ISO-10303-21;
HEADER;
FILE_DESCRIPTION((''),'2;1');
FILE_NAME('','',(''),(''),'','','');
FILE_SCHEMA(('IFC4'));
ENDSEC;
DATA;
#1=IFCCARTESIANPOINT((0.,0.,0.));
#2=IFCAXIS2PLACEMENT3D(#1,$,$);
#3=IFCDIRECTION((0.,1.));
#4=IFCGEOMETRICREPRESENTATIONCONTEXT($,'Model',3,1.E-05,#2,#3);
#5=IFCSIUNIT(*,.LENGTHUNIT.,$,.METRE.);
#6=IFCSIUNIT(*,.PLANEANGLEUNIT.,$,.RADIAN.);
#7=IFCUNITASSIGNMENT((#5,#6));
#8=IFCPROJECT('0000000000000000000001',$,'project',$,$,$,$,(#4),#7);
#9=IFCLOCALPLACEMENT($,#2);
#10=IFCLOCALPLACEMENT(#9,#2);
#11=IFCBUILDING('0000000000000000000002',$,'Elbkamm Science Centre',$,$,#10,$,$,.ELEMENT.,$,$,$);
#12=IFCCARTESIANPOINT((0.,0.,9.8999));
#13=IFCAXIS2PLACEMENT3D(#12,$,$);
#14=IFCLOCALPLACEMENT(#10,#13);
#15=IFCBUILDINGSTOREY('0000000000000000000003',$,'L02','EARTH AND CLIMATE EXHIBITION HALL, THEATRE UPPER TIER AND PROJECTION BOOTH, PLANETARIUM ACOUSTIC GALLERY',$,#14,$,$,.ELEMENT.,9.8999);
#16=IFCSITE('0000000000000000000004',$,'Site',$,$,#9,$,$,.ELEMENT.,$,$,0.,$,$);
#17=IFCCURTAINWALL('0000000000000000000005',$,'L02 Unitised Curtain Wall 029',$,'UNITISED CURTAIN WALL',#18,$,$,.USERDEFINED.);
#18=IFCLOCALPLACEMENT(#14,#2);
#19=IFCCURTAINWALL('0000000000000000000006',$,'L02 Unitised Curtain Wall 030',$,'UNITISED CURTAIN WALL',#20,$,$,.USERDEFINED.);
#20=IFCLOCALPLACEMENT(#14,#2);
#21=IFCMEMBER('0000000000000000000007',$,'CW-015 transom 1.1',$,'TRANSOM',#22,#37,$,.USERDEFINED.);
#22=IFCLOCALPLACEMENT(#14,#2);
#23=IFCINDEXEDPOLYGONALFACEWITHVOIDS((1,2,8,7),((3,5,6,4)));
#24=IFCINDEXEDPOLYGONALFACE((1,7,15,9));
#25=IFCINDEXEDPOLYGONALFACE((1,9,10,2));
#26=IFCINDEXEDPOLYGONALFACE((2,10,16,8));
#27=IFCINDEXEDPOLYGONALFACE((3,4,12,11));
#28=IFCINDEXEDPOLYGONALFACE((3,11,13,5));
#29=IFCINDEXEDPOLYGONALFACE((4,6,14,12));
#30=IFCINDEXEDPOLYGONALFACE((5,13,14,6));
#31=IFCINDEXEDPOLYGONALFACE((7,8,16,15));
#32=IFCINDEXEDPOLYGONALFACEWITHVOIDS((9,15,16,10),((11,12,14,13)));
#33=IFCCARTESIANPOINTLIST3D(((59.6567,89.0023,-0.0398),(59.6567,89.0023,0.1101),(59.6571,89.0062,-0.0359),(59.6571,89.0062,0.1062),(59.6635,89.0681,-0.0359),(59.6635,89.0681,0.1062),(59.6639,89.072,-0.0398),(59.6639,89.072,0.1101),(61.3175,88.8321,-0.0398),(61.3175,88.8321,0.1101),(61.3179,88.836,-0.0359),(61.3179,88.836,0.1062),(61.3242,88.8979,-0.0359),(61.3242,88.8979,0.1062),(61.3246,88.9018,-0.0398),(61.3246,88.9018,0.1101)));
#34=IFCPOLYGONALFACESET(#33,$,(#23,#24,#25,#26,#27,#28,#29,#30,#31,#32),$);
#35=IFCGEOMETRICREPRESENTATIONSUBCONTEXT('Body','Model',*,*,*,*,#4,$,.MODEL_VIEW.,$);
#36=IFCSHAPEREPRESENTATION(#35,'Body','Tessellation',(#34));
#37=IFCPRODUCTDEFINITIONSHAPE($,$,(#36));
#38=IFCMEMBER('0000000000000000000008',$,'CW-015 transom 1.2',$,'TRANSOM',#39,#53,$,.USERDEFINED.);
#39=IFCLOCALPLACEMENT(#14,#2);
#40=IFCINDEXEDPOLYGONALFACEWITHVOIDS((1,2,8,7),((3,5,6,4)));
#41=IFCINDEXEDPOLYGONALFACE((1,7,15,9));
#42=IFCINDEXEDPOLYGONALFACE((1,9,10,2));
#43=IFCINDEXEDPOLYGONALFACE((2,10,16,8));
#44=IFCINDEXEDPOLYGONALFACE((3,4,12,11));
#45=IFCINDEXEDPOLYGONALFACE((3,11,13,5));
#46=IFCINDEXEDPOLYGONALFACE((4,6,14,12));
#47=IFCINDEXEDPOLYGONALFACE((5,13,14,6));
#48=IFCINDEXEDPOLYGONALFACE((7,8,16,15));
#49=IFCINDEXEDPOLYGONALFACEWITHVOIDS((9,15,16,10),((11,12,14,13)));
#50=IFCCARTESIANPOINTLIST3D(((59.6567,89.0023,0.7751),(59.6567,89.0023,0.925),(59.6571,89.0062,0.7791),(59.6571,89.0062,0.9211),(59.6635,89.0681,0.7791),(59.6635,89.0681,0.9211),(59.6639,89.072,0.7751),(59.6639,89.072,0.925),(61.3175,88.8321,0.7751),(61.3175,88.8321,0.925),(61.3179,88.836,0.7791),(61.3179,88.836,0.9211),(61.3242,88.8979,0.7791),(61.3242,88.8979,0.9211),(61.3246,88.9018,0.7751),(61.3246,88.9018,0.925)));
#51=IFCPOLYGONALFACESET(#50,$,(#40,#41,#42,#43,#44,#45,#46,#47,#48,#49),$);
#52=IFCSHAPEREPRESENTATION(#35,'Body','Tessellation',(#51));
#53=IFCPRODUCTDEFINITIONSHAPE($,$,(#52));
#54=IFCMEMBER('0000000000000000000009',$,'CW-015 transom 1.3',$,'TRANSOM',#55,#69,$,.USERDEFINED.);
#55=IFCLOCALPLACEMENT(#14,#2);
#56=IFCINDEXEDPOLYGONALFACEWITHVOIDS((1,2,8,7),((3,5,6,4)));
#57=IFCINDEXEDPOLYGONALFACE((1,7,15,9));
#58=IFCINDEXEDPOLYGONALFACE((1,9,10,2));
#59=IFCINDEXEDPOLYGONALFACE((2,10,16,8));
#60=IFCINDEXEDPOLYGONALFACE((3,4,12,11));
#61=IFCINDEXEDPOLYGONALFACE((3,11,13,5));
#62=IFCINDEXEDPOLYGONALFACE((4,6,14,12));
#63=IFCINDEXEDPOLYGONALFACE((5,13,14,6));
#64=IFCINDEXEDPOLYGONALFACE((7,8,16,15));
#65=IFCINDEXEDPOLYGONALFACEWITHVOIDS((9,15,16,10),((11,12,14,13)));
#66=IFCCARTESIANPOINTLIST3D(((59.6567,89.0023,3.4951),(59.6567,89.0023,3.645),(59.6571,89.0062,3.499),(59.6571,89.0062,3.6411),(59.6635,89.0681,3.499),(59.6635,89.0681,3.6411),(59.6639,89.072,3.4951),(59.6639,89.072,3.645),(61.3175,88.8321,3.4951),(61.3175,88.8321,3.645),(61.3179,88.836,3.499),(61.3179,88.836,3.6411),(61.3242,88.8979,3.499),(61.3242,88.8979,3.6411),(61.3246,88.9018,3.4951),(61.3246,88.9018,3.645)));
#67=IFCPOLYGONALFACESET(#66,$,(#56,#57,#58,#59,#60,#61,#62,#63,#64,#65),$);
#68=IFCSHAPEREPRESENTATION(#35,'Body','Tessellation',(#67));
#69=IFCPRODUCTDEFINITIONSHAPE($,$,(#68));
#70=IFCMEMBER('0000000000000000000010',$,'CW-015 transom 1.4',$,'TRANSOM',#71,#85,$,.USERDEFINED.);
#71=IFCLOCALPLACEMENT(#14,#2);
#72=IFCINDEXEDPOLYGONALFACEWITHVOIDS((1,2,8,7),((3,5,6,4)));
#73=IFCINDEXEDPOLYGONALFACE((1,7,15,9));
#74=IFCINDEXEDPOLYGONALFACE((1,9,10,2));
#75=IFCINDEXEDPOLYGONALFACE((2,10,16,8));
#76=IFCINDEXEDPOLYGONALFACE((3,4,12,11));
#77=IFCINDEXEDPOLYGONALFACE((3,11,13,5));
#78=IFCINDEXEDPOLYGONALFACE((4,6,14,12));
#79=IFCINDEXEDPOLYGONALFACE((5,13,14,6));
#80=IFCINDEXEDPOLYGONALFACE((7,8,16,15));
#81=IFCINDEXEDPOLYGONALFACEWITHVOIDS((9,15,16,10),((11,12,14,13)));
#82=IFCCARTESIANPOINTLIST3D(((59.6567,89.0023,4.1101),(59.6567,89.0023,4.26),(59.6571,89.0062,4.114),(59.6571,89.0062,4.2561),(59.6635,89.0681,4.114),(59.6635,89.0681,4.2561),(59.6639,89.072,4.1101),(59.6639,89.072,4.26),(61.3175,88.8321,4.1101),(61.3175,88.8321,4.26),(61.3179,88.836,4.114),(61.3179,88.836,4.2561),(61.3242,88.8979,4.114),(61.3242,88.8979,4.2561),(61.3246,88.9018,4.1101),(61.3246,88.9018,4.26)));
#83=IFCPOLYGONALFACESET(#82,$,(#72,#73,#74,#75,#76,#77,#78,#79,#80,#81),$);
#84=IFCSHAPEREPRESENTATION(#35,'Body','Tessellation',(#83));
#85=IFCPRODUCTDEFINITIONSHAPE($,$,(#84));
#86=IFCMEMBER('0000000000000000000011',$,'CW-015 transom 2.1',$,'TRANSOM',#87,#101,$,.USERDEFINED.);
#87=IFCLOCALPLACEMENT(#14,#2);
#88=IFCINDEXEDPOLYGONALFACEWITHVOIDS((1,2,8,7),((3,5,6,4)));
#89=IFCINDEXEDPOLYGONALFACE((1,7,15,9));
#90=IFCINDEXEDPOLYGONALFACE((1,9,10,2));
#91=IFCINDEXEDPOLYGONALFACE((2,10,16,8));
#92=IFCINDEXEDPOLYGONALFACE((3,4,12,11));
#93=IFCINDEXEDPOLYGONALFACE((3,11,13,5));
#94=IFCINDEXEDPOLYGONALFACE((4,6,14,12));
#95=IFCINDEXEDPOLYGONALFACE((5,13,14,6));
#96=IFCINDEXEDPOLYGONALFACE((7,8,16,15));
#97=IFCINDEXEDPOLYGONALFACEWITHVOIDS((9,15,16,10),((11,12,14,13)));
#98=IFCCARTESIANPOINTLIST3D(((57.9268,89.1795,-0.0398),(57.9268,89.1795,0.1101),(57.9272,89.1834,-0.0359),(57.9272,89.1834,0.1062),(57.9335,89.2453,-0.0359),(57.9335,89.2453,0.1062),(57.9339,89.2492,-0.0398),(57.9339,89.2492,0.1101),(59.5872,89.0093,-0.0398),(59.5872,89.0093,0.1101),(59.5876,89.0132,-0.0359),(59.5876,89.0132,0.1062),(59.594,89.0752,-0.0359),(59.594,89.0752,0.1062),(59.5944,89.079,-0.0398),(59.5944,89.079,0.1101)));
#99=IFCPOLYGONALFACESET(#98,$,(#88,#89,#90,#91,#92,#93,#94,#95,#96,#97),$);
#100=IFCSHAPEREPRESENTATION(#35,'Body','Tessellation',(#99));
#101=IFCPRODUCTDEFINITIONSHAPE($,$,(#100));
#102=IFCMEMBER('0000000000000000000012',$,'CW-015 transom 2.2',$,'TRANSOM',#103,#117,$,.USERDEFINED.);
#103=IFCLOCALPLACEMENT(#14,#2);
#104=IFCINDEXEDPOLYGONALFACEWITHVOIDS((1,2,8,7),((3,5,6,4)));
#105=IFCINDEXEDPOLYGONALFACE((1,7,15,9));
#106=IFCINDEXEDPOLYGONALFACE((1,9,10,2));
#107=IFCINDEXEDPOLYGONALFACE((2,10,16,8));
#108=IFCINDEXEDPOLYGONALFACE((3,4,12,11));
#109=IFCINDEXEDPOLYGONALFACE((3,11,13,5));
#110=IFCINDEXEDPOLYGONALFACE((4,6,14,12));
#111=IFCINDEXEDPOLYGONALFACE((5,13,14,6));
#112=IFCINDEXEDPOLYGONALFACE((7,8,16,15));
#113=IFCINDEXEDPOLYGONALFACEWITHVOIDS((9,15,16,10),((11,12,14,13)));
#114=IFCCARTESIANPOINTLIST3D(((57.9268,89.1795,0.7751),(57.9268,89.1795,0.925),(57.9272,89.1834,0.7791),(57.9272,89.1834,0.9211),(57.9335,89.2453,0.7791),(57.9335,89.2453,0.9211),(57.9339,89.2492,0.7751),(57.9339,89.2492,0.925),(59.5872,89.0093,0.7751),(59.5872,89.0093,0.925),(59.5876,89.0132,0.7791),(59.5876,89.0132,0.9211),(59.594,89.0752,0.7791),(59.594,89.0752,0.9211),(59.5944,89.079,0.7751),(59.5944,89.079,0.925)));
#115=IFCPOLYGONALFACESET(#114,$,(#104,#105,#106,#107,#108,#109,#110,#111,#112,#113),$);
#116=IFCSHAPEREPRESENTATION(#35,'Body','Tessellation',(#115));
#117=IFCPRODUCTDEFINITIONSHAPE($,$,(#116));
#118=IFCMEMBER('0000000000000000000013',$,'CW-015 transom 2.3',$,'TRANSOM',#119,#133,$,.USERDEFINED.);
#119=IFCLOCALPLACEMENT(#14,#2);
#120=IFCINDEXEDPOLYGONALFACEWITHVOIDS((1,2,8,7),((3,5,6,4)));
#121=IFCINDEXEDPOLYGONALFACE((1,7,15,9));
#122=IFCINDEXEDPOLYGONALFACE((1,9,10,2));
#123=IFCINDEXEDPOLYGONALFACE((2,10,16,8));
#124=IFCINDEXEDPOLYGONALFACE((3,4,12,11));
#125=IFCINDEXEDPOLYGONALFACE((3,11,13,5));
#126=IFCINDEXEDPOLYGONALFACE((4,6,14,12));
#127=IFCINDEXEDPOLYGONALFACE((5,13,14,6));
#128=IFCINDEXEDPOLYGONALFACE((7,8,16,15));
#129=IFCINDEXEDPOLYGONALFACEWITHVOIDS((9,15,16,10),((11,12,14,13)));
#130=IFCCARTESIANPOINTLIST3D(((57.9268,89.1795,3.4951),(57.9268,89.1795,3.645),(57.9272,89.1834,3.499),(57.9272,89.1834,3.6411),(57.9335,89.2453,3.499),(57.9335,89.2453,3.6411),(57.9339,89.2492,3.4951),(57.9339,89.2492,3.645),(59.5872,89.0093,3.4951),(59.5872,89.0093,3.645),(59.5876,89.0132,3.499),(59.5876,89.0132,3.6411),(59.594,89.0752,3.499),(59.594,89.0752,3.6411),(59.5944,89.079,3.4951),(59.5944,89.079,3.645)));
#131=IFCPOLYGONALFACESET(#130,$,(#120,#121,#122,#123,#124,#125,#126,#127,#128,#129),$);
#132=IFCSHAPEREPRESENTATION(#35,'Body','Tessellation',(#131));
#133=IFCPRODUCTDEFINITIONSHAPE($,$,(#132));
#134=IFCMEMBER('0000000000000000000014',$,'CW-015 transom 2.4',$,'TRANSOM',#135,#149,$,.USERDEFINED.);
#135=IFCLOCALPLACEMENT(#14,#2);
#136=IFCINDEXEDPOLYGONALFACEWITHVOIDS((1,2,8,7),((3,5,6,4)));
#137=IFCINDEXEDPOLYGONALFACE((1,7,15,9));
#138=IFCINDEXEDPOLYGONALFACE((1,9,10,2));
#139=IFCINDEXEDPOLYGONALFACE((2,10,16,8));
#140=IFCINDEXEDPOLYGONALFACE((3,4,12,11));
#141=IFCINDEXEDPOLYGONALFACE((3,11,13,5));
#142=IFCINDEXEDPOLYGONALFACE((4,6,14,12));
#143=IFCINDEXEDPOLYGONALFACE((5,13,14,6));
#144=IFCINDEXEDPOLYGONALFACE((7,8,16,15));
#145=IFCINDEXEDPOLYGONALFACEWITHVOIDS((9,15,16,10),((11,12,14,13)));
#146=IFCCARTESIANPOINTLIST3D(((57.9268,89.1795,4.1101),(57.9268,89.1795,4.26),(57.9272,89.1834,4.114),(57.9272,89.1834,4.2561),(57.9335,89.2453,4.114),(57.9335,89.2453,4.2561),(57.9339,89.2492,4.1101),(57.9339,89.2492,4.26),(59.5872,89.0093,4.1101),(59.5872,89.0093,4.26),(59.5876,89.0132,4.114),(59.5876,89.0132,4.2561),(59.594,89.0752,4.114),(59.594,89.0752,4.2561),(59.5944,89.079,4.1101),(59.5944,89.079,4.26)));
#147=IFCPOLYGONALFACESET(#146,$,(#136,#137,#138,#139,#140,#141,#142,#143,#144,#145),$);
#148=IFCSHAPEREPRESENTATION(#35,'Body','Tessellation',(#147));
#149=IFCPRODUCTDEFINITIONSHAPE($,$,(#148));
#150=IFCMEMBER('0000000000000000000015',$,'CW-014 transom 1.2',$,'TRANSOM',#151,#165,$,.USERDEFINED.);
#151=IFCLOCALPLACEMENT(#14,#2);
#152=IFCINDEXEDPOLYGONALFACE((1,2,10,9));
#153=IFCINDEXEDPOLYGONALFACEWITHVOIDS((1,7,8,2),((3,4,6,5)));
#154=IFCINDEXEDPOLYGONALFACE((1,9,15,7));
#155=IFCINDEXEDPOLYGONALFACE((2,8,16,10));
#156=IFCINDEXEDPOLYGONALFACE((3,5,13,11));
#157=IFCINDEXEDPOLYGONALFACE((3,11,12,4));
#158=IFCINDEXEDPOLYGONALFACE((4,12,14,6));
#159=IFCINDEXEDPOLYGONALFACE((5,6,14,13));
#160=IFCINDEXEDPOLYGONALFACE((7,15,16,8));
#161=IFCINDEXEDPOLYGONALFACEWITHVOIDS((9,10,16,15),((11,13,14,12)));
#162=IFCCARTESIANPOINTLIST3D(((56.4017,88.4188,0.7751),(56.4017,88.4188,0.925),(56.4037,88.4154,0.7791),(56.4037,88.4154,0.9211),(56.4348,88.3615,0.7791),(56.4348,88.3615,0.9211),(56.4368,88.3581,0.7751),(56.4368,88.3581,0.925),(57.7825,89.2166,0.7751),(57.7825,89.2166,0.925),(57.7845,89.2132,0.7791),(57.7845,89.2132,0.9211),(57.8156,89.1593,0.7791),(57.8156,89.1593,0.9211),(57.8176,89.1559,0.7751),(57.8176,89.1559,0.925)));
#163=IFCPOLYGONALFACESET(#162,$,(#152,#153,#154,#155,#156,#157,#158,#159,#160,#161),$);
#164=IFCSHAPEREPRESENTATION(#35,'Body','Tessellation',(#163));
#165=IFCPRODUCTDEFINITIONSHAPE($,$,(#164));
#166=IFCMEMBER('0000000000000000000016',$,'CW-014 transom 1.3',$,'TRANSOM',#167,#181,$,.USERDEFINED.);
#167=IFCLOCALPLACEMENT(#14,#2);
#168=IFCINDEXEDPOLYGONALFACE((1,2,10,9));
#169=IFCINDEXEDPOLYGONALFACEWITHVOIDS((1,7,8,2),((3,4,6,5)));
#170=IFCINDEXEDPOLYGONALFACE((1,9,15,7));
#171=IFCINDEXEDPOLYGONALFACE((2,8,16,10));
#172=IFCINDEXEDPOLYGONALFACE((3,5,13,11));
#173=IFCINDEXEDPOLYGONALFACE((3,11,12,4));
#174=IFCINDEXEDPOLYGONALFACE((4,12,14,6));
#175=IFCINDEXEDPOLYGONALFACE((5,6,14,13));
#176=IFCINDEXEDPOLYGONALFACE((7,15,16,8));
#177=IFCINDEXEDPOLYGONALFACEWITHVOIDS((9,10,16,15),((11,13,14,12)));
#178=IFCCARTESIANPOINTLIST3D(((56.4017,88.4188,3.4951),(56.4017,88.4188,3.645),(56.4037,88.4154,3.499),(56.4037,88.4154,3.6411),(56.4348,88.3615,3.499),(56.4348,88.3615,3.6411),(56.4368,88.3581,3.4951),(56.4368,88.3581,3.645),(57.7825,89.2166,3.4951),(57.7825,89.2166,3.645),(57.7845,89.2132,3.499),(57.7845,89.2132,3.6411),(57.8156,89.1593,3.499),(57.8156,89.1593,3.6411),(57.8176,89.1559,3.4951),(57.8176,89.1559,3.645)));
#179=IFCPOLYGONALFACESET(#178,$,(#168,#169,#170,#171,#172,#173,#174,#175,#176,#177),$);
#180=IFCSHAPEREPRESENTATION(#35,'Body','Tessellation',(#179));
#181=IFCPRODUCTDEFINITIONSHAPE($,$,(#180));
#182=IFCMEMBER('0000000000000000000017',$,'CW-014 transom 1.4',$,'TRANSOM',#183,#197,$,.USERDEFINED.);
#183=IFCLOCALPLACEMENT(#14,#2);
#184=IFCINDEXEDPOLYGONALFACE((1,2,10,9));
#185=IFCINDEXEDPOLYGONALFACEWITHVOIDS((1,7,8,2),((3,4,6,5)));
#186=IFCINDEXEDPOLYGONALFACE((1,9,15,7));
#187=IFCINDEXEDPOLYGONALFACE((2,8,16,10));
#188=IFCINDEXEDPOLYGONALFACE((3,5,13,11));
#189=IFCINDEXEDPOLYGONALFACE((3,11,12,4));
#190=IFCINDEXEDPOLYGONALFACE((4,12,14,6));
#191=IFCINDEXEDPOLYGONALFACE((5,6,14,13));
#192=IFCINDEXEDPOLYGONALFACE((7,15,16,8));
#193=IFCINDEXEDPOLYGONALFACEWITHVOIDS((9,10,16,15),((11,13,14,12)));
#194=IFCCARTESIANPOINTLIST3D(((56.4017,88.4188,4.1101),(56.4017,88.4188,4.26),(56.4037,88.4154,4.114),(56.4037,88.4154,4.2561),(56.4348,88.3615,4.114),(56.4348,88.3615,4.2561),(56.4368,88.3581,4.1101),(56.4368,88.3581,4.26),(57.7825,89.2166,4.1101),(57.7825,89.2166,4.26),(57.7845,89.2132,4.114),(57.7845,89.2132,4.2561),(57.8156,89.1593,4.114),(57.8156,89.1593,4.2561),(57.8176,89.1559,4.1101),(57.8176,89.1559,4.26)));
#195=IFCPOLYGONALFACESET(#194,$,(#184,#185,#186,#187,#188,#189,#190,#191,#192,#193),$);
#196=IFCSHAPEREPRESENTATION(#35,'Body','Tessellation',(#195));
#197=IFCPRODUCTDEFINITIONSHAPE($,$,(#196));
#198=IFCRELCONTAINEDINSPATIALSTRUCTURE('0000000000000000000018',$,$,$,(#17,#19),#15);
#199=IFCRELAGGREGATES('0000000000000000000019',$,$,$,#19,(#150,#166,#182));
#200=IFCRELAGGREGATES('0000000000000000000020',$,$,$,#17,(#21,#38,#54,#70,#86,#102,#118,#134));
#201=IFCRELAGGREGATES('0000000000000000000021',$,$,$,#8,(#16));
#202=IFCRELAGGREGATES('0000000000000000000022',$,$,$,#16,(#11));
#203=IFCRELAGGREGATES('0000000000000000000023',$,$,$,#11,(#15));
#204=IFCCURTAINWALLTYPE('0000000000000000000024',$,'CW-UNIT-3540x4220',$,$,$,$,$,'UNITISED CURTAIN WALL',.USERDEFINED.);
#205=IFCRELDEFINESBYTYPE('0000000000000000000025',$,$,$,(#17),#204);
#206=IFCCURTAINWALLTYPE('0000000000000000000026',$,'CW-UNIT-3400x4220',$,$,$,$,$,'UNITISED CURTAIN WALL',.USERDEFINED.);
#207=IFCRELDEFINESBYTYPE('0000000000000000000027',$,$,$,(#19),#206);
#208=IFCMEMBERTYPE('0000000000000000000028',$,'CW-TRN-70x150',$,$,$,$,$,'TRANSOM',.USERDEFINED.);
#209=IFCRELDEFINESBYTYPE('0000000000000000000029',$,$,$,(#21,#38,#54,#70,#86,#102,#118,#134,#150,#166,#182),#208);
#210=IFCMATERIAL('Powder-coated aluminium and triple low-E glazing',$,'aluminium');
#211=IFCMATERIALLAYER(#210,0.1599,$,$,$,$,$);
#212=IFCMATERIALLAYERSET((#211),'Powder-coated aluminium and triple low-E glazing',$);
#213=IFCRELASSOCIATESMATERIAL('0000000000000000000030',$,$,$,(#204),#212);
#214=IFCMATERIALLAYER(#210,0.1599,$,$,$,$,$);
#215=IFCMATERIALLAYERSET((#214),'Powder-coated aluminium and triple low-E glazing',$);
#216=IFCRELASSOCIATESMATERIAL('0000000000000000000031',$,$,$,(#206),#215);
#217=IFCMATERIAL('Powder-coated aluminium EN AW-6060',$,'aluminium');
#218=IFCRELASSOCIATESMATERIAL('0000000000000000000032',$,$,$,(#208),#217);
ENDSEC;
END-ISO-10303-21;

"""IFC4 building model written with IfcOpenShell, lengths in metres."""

from ifc_helpers import new_model, si_unit, direction, frame, origin, origin_2d, place, context, subcontext, project, spatial, hollow_rectangle, extrude, material, layer, layer_set, material_profile, profile_set, type_object, element, aggregate, save


model = new_model("IFC4")

# Units and contexts
model_context = context("Model", 3, precision=1e-05, world=origin(), true_north=direction((0.0, 1.0)))
body_context = subcontext(model_context, "Body", "Model", "MODEL_VIEW")
ifc_project = project(units=[si_unit("LENGTHUNIT", "METRE"), si_unit("PLANEANGLEUNIT", "RADIAN")], contexts=[model_context])

# Site, building, storey
site_placement = place(None, origin())
site = spatial("IfcSite", under=ifc_project, at=site_placement, Name="Site", CompositionType="ELEMENT", RefElevation=0.0)
building_placement = place(site_placement, origin())
building = spatial("IfcBuilding", under=site, at=building_placement, Name="Elbkamm Science Centre", CompositionType="ELEMENT")
storey_placement = place(building_placement, frame((0.0, 0.0, 9.8999)))
storey = spatial("IfcBuildingStorey", under=building, at=storey_placement, Name="L02", Description="EARTH AND CLIMATE EXHIBITION HALL, THEATRE UPPER TIER AND PROJECTION BOOTH, PLANETARIUM ACOUSTIC GALLERY", CompositionType="ELEMENT", Elevation=9.8999)

# Shared definitions
ifc_material_1 = material(Name="Powder-coated aluminium and triple low-E glazing", Category="aluminium")
ifc_layer_1 = layer(ifc_material_1, 0.1599)
ifc_layer_set_1 = layer_set([ifc_layer_1], Name="Powder-coated aluminium and triple low-E glazing")
curtain_wall_type_1 = type_object("IfcCurtainWallType", Name="CW-UNIT-3540x4220", ElementType="UNITISED CURTAIN WALL", PredefinedType="USERDEFINED", material=ifc_layer_set_1)
ifc_material_2 = material(Name="Powder-coated aluminium EN AW-6060", Category="aluminium")

# Curtain wall
curtain_wall_1_placement = place(storey_placement, origin())
curtain_wall_1 = element("IfcCurtainWall", 1, at=curtain_wall_1_placement, inside=storey, type_object=curtain_wall_type_1, Name="L02 Unitised Curtain Wall 029", ObjectType="UNITISED CURTAIN WALL", PredefinedType="USERDEFINED")

# Curtain wall
ifc_layer_2 = layer(ifc_material_1, 0.1599)
ifc_layer_set_2 = layer_set([ifc_layer_2], Name="Powder-coated aluminium and triple low-E glazing")
curtain_wall_type_2 = type_object("IfcCurtainWallType", Name="CW-UNIT-3400x4220", ElementType="UNITISED CURTAIN WALL", PredefinedType="USERDEFINED", material=ifc_layer_set_2)
curtain_wall_2_placement = place(storey_placement, origin())
curtain_wall_2 = element("IfcCurtainWall", 2, at=curtain_wall_2_placement, inside=storey, type_object=curtain_wall_type_2, Name="L02 Unitised Curtain Wall 030", ObjectType="UNITISED CURTAIN WALL", PredefinedType="USERDEFINED")

# Members
ifc_material_profile_1 = material_profile(ifc_material_2, hollow_rectangle(XDim=0.0701, YDim=0.1499, WallThickness=0.0039, at=origin_2d()), Name="ALU T70x150")
ifc_profile_set_1 = profile_set([ifc_material_profile_1], Name="Powder-coated aluminium EN AW-6060")
member_type_1 = type_object("IfcMemberType", Name="CW-TRN-70x150", ElementType="TRANSOM", PredefinedType="USERDEFINED", material=ifc_profile_set_1)
member_1_placement = place(storey_placement, frame((61.321, 88.8669, 0.0352), z_axis=(-0.994791, 0.101936, 0.0), x_axis=(-0.101936, -0.994791, 0.0)))
member_1 = element("IfcMember", 3, at=member_1_placement, type_object=member_type_1, Name="CW-015 transom 1.1", ObjectType="TRANSOM", PredefinedType="USERDEFINED", context=body_context, shape_type="SweptSolid", body=[
    extrude(hollow_rectangle(XDim=0.0701, YDim=0.1499, WallThickness=0.0039, at=origin_2d()), origin(), (0.0, 0.0, 1.0), 1.6694),
])
member_2_placement = place(storey_placement, frame((61.321, 88.8669, 0.8501), z_axis=(-0.994791, 0.101936, 0.0), x_axis=(-0.101936, -0.994791, 0.0)))
member_2 = element("IfcMember", 4, at=member_2_placement, type_object=member_type_1, Name="CW-015 transom 1.2", ObjectType="TRANSOM", PredefinedType="USERDEFINED", context=body_context, shape_type="SweptSolid", body=[
    extrude(hollow_rectangle(XDim=0.0701, YDim=0.1499, WallThickness=0.0039, at=origin_2d()), origin(), (0.0, 0.0, 1.0), 1.6694),
])
member_3_placement = place(storey_placement, frame((61.321, 88.8669, 3.5701), z_axis=(-0.994791, 0.101936, 0.0), x_axis=(-0.101936, -0.994791, 0.0)))
member_3 = element("IfcMember", 5, at=member_3_placement, type_object=member_type_1, Name="CW-015 transom 1.3", ObjectType="TRANSOM", PredefinedType="USERDEFINED", context=body_context, shape_type="SweptSolid", body=[
    extrude(hollow_rectangle(XDim=0.0701, YDim=0.1499, WallThickness=0.0039, at=origin_2d()), origin(), (0.0, 0.0, 1.0), 1.6694),
])
member_4_placement = place(storey_placement, frame((61.321, 88.8669, 4.1851), z_axis=(-0.994791, 0.101936, 0.0), x_axis=(-0.101936, -0.994791, 0.0)))
member_4 = element("IfcMember", 6, at=member_4_placement, type_object=member_type_1, Name="CW-015 transom 1.4", ObjectType="TRANSOM", PredefinedType="USERDEFINED", context=body_context, shape_type="SweptSolid", body=[
    extrude(hollow_rectangle(XDim=0.0701, YDim=0.1499, WallThickness=0.0039, at=origin_2d()), origin(), (0.0, 0.0, 1.0), 1.6694),
])
member_5_placement = place(storey_placement, frame((59.5908, 89.0442, 0.0352), z_axis=(-0.994789, 0.101951, 0.0), x_axis=(-0.101951, -0.994789, 0.0)))
member_5 = element("IfcMember", 7, at=member_5_placement, type_object=member_type_1, Name="CW-015 transom 2.1", ObjectType="TRANSOM", PredefinedType="USERDEFINED", context=body_context, shape_type="SweptSolid", body=[
    extrude(hollow_rectangle(XDim=0.0701, YDim=0.1499, WallThickness=0.0039, at=origin_2d()), origin(), (0.0, 0.0, 1.0), 1.6692),
])
member_6_placement = place(storey_placement, frame((59.5908, 89.0442, 0.8501), z_axis=(-0.994789, 0.101951, 0.0), x_axis=(-0.101951, -0.994789, 0.0)))
member_6 = element("IfcMember", 8, at=member_6_placement, type_object=member_type_1, Name="CW-015 transom 2.2", ObjectType="TRANSOM", PredefinedType="USERDEFINED", context=body_context, shape_type="SweptSolid", body=[
    extrude(hollow_rectangle(XDim=0.0701, YDim=0.1499, WallThickness=0.0039, at=origin_2d()), origin(), (0.0, 0.0, 1.0), 1.6692),
])
member_7_placement = place(storey_placement, frame((59.5908, 89.0442, 3.5701), z_axis=(-0.994789, 0.101951, 0.0), x_axis=(-0.101951, -0.994789, 0.0)))
member_7 = element("IfcMember", 9, at=member_7_placement, type_object=member_type_1, Name="CW-015 transom 2.3", ObjectType="TRANSOM", PredefinedType="USERDEFINED", context=body_context, shape_type="SweptSolid", body=[
    extrude(hollow_rectangle(XDim=0.0701, YDim=0.1499, WallThickness=0.0039, at=origin_2d()), origin(), (0.0, 0.0, 1.0), 1.6692),
])
member_8_placement = place(storey_placement, frame((59.5908, 89.0442, 4.1851), z_axis=(-0.994789, 0.101951, 0.0), x_axis=(-0.101951, -0.994789, 0.0)))
member_8 = element("IfcMember", 10, at=member_8_placement, type_object=member_type_1, Name="CW-015 transom 2.4", ObjectType="TRANSOM", PredefinedType="USERDEFINED", context=body_context, shape_type="SweptSolid", body=[
    extrude(hollow_rectangle(XDim=0.0701, YDim=0.1499, WallThickness=0.0039, at=origin_2d()), origin(), (0.0, 0.0, 1.0), 1.6692),
])
member_9_placement = place(storey_placement, frame((57.8, 89.1863, 0.8501), z_axis=(-0.865859, -0.500288, 0.0), x_axis=(0.500288, -0.865859, 0.0)))
member_9 = element("IfcMember", 11, at=member_9_placement, type_object=member_type_1, Name="CW-014 transom 1.2", ObjectType="TRANSOM", PredefinedType="USERDEFINED", context=body_context, shape_type="SweptSolid", body=[
    extrude(hollow_rectangle(XDim=0.0701, YDim=0.1499, WallThickness=0.0039, at=origin_2d()), origin(), (0.0, 0.0, 1.0), 1.5947),
])
member_10_placement = place(storey_placement, frame((57.8, 89.1863, 3.5701), z_axis=(-0.865859, -0.500288, 0.0), x_axis=(0.500288, -0.865859, 0.0)))
member_10 = element("IfcMember", 12, at=member_10_placement, type_object=member_type_1, Name="CW-014 transom 1.3", ObjectType="TRANSOM", PredefinedType="USERDEFINED", context=body_context, shape_type="SweptSolid", body=[
    extrude(hollow_rectangle(XDim=0.0701, YDim=0.1499, WallThickness=0.0039, at=origin_2d()), origin(), (0.0, 0.0, 1.0), 1.5947),
])
member_11_placement = place(storey_placement, frame((57.8, 89.1863, 4.1851), z_axis=(-0.865859, -0.500288, 0.0), x_axis=(0.500288, -0.865859, 0.0)))
member_11 = element("IfcMember", 13, at=member_11_placement, type_object=member_type_1, Name="CW-014 transom 1.4", ObjectType="TRANSOM", PredefinedType="USERDEFINED", context=body_context, shape_type="SweptSolid", body=[
    extrude(hollow_rectangle(XDim=0.0701, YDim=0.1499, WallThickness=0.0039, at=origin_2d()), origin(), (0.0, 0.0, 1.0), 1.5947),
])
aggregate(curtain_wall_2, [member_9, member_10, member_11])

aggregate(curtain_wall_1, [member_1, member_2, member_3, member_4, member_5, member_6, member_7, member_8])

save(model, "model.ifc")
